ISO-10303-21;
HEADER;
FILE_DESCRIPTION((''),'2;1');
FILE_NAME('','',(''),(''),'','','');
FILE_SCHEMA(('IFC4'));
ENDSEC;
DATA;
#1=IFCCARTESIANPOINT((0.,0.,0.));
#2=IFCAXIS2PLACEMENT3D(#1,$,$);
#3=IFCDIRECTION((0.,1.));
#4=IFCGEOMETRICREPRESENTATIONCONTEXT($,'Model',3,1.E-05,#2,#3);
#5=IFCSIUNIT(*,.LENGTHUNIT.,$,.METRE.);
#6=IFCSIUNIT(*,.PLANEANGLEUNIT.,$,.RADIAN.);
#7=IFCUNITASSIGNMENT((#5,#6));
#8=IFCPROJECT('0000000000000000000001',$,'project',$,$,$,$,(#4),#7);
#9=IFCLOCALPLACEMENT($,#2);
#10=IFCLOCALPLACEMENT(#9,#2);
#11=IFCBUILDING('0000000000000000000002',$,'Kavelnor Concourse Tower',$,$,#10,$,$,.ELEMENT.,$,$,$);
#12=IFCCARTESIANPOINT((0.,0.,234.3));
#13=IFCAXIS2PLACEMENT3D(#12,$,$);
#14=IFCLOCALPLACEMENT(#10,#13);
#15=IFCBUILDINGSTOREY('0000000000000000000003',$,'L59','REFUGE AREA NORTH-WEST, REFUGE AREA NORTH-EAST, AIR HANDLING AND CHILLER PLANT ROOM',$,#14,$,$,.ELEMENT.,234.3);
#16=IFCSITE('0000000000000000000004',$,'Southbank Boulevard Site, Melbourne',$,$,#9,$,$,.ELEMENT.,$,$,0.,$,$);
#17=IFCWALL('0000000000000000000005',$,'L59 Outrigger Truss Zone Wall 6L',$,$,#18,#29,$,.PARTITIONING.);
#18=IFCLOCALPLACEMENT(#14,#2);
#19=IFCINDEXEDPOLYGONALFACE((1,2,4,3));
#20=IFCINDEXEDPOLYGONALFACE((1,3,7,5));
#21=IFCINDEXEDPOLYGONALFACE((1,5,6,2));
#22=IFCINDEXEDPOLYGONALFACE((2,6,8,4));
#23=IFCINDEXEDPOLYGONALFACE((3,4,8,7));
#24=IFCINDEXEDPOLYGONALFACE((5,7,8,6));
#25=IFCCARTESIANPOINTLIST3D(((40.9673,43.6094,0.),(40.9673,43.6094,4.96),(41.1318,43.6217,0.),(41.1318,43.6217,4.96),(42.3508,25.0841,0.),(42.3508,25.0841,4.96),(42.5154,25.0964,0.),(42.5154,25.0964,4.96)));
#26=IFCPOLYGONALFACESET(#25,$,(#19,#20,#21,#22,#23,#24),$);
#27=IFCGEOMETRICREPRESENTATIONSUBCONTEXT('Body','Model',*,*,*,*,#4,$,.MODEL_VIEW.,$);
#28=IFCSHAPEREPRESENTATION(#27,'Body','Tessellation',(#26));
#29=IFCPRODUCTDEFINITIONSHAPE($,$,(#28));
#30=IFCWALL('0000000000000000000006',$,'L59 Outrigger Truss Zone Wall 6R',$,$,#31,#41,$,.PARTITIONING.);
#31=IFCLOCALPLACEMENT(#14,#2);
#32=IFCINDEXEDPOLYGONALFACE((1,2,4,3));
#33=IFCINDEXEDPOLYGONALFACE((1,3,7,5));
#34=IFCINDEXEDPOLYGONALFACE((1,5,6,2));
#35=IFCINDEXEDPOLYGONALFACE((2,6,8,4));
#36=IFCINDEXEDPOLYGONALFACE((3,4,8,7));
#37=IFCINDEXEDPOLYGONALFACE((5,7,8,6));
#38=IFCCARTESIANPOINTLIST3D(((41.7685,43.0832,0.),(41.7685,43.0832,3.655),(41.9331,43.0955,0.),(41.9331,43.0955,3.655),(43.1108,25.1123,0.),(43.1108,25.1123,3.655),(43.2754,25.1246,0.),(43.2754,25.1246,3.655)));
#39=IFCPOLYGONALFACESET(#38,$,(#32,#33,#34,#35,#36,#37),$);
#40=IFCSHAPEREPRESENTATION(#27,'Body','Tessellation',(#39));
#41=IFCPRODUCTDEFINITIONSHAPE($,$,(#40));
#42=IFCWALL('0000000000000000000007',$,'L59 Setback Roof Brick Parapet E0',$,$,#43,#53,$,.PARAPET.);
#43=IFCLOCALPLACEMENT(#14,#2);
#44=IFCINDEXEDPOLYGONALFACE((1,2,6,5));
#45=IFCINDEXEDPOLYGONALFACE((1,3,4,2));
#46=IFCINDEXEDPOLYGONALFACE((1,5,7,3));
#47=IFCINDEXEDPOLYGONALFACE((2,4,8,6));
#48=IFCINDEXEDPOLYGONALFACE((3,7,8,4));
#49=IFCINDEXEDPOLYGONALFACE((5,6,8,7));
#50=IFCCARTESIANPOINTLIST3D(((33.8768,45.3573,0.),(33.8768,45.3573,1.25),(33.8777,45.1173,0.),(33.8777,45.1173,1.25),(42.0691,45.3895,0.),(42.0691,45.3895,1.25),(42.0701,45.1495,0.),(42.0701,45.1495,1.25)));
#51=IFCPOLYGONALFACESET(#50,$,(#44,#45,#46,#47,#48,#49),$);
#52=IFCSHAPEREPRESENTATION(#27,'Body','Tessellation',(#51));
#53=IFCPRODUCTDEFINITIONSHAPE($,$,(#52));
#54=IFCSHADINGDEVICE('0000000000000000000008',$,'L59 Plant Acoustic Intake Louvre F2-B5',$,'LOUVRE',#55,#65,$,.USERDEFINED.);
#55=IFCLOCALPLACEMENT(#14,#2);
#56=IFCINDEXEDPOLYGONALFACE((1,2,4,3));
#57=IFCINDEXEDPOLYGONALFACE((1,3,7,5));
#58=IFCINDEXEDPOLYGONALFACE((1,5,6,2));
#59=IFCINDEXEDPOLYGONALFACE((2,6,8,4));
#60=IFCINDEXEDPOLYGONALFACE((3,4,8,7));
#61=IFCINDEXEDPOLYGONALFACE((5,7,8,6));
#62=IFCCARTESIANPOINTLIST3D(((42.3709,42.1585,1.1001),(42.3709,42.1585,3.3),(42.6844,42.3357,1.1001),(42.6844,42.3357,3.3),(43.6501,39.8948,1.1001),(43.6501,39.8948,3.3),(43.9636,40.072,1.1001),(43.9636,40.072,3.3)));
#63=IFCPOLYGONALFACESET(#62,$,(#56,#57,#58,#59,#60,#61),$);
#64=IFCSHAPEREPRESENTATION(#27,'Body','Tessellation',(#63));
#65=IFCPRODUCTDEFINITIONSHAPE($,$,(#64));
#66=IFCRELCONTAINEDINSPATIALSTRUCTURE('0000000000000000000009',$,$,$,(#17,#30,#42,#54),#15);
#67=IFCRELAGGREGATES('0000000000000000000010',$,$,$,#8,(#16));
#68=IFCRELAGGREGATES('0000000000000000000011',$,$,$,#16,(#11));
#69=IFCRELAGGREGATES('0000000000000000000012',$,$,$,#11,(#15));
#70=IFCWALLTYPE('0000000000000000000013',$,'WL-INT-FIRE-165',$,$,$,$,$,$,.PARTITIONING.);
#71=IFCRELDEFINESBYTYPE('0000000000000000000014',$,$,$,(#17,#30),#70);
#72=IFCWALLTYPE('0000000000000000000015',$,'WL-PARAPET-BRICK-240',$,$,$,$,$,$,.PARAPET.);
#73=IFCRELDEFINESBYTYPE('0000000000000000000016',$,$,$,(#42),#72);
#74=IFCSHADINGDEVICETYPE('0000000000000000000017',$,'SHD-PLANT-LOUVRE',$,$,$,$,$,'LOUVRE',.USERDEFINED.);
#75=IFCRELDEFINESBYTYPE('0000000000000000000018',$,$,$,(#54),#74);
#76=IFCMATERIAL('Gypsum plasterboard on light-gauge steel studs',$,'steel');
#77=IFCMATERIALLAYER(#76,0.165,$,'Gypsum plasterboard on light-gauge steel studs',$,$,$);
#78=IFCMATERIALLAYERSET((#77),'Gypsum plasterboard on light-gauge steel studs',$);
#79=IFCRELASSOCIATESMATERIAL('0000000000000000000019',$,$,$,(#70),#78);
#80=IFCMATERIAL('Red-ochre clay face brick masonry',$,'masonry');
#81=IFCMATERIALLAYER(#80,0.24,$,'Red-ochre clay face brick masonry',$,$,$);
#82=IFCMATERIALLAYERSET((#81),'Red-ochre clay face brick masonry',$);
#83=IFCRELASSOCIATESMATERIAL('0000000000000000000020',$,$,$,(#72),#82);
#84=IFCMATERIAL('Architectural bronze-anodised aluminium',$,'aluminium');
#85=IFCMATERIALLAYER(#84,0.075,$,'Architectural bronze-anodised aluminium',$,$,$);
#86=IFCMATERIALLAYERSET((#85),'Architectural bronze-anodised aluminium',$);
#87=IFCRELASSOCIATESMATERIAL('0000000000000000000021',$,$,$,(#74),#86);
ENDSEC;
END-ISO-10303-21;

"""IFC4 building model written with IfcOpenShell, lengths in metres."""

from ifc_helpers import new_model, si_unit, direction, frame, frame_2d, origin, origin_2d, place, context, subcontext, project, spatial, rectangle, extrude, material, layer, layer_set, type_object, element, save


model = new_model("IFC4")

# Units and contexts
model_context = context("Model", 3, precision=1e-05, world=origin(), true_north=direction((0.0, 1.0)))
body_context = subcontext(model_context, "Body", "Model", "MODEL_VIEW")
ifc_project = project(units=[si_unit("LENGTHUNIT", "METRE"), si_unit("PLANEANGLEUNIT", "RADIAN")], contexts=[model_context])

# Site, building, storey
site_placement = place(None, origin())
site = spatial("IfcSite", under=ifc_project, at=site_placement, Name="Southbank Boulevard Site, Melbourne", CompositionType="ELEMENT", RefElevation=0.0)
building_placement = place(site_placement, origin())
building = spatial("IfcBuilding", under=site, at=building_placement, Name="Kavelnor Concourse Tower", CompositionType="ELEMENT")
storey_placement = place(building_placement, frame((0.0, 0.0, 234.3)))
storey = spatial("IfcBuildingStorey", under=building, at=storey_placement, Name="L59", Description="REFUGE AREA NORTH-WEST, REFUGE AREA NORTH-EAST, AIR HANDLING AND CHILLER PLANT ROOM", CompositionType="ELEMENT", Elevation=234.3)

# Walls
ifc_material_1 = material(Name="Gypsum plasterboard on light-gauge steel studs", Category="steel")
ifc_layer_1 = layer(ifc_material_1, 0.165, Name="Gypsum plasterboard on light-gauge steel studs")
ifc_layer_set_1 = layer_set([ifc_layer_1], Name="Gypsum plasterboard on light-gauge steel studs")
wall_type_1 = type_object("IfcWallType", Name="WL-INT-FIRE-165", PredefinedType="PARTITIONING", material=ifc_layer_set_1)
wall_1_placement = place(storey_placement, frame((42.4331, 25.0901, 0.0), z_axis=(0.0, 0.0, 1.0), x_axis=(-0.074476, 0.997223, 0.0)))
element("IfcWall", 1, at=wall_1_placement, inside=storey, type_object=wall_type_1, Name="L59 Outrigger Truss Zone Wall 6L", PredefinedType="PARTITIONING", context=body_context, shape_type="SweptSolid", body=[
    extrude(rectangle(XDim=18.5769, YDim=0.165, at=frame_2d((9.2886, 0.0))), origin(), (0.0, 0.0, 1.0), 4.96),
])
wall_2_placement = place(storey_placement, frame((43.1931, 25.1184, 0.0), z_axis=(0.0, 0.0, 1.0), x_axis=(-0.074484, 0.997222, 0.0)))
element("IfcWall", 2, at=wall_2_placement, inside=storey, type_object=wall_type_1, Name="L59 Outrigger Truss Zone Wall 6R", PredefinedType="PARTITIONING", context=body_context, shape_type="SweptSolid", body=[
    extrude(rectangle(XDim=18.021, YDim=0.165, at=frame_2d((9.0105, 0.0))), origin(), (0.0, 0.0, 1.0), 3.655),
])
ifc_material_2 = material(Name="Red-ochre clay face brick masonry", Category="masonry")
ifc_layer_2 = layer(ifc_material_2, 0.24, Name="Red-ochre clay face brick masonry")
ifc_layer_set_2 = layer_set([ifc_layer_2], Name="Red-ochre clay face brick masonry")
wall_type_2 = type_object("IfcWallType", Name="WL-PARAPET-BRICK-240", PredefinedType="PARAPET", material=ifc_layer_set_2)
wall_3_placement = place(storey_placement, frame((42.0696, 45.2695, 0.0), z_axis=(0.0, 0.0, 1.0), x_axis=(-0.999992, -0.003934, 0.0)))
element("IfcWall", 3, at=wall_3_placement, inside=storey, type_object=wall_type_2, Name="L59 Setback Roof Brick Parapet E0", PredefinedType="PARAPET", context=body_context, shape_type="SweptSolid", body=[
    extrude(rectangle(XDim=8.1924, YDim=0.24, at=frame_2d((4.0962, 0.0))), origin(), (0.0, 0.0, 1.0), 1.25),
])

# Shading device
ifc_material_3 = material(Name="Architectural bronze-anodised aluminium", Category="aluminium")
ifc_layer_3 = layer(ifc_material_3, 0.075, Name="Architectural bronze-anodised aluminium")
ifc_layer_set_3 = layer_set([ifc_layer_3], Name="Architectural bronze-anodised aluminium")
shading_device_type = type_object("IfcShadingDeviceType", Name="SHD-PLANT-LOUVRE", ElementType="LOUVRE", PredefinedType="USERDEFINED", material=ifc_layer_set_3)
shading_device_placement = place(storey_placement, frame((43.1672, 41.1152, 1.1001), z_axis=(0.0, 0.0, 1.0), x_axis=(0.491968, -0.870613, 0.0)))
element("IfcShadingDevice", 4, at=shading_device_placement, inside=storey, type_object=shading_device_type, Name="L59 Plant Acoustic Intake Louvre F2-B5", ObjectType="LOUVRE", PredefinedType="USERDEFINED", context=body_context, shape_type="SweptSolid", body=[
    extrude(rectangle(XDim=2.6001, YDim=0.3601, at=origin_2d()), origin(), (0.0, 0.0, 1.0), 2.2),
])

save(model, "model.ifc")
